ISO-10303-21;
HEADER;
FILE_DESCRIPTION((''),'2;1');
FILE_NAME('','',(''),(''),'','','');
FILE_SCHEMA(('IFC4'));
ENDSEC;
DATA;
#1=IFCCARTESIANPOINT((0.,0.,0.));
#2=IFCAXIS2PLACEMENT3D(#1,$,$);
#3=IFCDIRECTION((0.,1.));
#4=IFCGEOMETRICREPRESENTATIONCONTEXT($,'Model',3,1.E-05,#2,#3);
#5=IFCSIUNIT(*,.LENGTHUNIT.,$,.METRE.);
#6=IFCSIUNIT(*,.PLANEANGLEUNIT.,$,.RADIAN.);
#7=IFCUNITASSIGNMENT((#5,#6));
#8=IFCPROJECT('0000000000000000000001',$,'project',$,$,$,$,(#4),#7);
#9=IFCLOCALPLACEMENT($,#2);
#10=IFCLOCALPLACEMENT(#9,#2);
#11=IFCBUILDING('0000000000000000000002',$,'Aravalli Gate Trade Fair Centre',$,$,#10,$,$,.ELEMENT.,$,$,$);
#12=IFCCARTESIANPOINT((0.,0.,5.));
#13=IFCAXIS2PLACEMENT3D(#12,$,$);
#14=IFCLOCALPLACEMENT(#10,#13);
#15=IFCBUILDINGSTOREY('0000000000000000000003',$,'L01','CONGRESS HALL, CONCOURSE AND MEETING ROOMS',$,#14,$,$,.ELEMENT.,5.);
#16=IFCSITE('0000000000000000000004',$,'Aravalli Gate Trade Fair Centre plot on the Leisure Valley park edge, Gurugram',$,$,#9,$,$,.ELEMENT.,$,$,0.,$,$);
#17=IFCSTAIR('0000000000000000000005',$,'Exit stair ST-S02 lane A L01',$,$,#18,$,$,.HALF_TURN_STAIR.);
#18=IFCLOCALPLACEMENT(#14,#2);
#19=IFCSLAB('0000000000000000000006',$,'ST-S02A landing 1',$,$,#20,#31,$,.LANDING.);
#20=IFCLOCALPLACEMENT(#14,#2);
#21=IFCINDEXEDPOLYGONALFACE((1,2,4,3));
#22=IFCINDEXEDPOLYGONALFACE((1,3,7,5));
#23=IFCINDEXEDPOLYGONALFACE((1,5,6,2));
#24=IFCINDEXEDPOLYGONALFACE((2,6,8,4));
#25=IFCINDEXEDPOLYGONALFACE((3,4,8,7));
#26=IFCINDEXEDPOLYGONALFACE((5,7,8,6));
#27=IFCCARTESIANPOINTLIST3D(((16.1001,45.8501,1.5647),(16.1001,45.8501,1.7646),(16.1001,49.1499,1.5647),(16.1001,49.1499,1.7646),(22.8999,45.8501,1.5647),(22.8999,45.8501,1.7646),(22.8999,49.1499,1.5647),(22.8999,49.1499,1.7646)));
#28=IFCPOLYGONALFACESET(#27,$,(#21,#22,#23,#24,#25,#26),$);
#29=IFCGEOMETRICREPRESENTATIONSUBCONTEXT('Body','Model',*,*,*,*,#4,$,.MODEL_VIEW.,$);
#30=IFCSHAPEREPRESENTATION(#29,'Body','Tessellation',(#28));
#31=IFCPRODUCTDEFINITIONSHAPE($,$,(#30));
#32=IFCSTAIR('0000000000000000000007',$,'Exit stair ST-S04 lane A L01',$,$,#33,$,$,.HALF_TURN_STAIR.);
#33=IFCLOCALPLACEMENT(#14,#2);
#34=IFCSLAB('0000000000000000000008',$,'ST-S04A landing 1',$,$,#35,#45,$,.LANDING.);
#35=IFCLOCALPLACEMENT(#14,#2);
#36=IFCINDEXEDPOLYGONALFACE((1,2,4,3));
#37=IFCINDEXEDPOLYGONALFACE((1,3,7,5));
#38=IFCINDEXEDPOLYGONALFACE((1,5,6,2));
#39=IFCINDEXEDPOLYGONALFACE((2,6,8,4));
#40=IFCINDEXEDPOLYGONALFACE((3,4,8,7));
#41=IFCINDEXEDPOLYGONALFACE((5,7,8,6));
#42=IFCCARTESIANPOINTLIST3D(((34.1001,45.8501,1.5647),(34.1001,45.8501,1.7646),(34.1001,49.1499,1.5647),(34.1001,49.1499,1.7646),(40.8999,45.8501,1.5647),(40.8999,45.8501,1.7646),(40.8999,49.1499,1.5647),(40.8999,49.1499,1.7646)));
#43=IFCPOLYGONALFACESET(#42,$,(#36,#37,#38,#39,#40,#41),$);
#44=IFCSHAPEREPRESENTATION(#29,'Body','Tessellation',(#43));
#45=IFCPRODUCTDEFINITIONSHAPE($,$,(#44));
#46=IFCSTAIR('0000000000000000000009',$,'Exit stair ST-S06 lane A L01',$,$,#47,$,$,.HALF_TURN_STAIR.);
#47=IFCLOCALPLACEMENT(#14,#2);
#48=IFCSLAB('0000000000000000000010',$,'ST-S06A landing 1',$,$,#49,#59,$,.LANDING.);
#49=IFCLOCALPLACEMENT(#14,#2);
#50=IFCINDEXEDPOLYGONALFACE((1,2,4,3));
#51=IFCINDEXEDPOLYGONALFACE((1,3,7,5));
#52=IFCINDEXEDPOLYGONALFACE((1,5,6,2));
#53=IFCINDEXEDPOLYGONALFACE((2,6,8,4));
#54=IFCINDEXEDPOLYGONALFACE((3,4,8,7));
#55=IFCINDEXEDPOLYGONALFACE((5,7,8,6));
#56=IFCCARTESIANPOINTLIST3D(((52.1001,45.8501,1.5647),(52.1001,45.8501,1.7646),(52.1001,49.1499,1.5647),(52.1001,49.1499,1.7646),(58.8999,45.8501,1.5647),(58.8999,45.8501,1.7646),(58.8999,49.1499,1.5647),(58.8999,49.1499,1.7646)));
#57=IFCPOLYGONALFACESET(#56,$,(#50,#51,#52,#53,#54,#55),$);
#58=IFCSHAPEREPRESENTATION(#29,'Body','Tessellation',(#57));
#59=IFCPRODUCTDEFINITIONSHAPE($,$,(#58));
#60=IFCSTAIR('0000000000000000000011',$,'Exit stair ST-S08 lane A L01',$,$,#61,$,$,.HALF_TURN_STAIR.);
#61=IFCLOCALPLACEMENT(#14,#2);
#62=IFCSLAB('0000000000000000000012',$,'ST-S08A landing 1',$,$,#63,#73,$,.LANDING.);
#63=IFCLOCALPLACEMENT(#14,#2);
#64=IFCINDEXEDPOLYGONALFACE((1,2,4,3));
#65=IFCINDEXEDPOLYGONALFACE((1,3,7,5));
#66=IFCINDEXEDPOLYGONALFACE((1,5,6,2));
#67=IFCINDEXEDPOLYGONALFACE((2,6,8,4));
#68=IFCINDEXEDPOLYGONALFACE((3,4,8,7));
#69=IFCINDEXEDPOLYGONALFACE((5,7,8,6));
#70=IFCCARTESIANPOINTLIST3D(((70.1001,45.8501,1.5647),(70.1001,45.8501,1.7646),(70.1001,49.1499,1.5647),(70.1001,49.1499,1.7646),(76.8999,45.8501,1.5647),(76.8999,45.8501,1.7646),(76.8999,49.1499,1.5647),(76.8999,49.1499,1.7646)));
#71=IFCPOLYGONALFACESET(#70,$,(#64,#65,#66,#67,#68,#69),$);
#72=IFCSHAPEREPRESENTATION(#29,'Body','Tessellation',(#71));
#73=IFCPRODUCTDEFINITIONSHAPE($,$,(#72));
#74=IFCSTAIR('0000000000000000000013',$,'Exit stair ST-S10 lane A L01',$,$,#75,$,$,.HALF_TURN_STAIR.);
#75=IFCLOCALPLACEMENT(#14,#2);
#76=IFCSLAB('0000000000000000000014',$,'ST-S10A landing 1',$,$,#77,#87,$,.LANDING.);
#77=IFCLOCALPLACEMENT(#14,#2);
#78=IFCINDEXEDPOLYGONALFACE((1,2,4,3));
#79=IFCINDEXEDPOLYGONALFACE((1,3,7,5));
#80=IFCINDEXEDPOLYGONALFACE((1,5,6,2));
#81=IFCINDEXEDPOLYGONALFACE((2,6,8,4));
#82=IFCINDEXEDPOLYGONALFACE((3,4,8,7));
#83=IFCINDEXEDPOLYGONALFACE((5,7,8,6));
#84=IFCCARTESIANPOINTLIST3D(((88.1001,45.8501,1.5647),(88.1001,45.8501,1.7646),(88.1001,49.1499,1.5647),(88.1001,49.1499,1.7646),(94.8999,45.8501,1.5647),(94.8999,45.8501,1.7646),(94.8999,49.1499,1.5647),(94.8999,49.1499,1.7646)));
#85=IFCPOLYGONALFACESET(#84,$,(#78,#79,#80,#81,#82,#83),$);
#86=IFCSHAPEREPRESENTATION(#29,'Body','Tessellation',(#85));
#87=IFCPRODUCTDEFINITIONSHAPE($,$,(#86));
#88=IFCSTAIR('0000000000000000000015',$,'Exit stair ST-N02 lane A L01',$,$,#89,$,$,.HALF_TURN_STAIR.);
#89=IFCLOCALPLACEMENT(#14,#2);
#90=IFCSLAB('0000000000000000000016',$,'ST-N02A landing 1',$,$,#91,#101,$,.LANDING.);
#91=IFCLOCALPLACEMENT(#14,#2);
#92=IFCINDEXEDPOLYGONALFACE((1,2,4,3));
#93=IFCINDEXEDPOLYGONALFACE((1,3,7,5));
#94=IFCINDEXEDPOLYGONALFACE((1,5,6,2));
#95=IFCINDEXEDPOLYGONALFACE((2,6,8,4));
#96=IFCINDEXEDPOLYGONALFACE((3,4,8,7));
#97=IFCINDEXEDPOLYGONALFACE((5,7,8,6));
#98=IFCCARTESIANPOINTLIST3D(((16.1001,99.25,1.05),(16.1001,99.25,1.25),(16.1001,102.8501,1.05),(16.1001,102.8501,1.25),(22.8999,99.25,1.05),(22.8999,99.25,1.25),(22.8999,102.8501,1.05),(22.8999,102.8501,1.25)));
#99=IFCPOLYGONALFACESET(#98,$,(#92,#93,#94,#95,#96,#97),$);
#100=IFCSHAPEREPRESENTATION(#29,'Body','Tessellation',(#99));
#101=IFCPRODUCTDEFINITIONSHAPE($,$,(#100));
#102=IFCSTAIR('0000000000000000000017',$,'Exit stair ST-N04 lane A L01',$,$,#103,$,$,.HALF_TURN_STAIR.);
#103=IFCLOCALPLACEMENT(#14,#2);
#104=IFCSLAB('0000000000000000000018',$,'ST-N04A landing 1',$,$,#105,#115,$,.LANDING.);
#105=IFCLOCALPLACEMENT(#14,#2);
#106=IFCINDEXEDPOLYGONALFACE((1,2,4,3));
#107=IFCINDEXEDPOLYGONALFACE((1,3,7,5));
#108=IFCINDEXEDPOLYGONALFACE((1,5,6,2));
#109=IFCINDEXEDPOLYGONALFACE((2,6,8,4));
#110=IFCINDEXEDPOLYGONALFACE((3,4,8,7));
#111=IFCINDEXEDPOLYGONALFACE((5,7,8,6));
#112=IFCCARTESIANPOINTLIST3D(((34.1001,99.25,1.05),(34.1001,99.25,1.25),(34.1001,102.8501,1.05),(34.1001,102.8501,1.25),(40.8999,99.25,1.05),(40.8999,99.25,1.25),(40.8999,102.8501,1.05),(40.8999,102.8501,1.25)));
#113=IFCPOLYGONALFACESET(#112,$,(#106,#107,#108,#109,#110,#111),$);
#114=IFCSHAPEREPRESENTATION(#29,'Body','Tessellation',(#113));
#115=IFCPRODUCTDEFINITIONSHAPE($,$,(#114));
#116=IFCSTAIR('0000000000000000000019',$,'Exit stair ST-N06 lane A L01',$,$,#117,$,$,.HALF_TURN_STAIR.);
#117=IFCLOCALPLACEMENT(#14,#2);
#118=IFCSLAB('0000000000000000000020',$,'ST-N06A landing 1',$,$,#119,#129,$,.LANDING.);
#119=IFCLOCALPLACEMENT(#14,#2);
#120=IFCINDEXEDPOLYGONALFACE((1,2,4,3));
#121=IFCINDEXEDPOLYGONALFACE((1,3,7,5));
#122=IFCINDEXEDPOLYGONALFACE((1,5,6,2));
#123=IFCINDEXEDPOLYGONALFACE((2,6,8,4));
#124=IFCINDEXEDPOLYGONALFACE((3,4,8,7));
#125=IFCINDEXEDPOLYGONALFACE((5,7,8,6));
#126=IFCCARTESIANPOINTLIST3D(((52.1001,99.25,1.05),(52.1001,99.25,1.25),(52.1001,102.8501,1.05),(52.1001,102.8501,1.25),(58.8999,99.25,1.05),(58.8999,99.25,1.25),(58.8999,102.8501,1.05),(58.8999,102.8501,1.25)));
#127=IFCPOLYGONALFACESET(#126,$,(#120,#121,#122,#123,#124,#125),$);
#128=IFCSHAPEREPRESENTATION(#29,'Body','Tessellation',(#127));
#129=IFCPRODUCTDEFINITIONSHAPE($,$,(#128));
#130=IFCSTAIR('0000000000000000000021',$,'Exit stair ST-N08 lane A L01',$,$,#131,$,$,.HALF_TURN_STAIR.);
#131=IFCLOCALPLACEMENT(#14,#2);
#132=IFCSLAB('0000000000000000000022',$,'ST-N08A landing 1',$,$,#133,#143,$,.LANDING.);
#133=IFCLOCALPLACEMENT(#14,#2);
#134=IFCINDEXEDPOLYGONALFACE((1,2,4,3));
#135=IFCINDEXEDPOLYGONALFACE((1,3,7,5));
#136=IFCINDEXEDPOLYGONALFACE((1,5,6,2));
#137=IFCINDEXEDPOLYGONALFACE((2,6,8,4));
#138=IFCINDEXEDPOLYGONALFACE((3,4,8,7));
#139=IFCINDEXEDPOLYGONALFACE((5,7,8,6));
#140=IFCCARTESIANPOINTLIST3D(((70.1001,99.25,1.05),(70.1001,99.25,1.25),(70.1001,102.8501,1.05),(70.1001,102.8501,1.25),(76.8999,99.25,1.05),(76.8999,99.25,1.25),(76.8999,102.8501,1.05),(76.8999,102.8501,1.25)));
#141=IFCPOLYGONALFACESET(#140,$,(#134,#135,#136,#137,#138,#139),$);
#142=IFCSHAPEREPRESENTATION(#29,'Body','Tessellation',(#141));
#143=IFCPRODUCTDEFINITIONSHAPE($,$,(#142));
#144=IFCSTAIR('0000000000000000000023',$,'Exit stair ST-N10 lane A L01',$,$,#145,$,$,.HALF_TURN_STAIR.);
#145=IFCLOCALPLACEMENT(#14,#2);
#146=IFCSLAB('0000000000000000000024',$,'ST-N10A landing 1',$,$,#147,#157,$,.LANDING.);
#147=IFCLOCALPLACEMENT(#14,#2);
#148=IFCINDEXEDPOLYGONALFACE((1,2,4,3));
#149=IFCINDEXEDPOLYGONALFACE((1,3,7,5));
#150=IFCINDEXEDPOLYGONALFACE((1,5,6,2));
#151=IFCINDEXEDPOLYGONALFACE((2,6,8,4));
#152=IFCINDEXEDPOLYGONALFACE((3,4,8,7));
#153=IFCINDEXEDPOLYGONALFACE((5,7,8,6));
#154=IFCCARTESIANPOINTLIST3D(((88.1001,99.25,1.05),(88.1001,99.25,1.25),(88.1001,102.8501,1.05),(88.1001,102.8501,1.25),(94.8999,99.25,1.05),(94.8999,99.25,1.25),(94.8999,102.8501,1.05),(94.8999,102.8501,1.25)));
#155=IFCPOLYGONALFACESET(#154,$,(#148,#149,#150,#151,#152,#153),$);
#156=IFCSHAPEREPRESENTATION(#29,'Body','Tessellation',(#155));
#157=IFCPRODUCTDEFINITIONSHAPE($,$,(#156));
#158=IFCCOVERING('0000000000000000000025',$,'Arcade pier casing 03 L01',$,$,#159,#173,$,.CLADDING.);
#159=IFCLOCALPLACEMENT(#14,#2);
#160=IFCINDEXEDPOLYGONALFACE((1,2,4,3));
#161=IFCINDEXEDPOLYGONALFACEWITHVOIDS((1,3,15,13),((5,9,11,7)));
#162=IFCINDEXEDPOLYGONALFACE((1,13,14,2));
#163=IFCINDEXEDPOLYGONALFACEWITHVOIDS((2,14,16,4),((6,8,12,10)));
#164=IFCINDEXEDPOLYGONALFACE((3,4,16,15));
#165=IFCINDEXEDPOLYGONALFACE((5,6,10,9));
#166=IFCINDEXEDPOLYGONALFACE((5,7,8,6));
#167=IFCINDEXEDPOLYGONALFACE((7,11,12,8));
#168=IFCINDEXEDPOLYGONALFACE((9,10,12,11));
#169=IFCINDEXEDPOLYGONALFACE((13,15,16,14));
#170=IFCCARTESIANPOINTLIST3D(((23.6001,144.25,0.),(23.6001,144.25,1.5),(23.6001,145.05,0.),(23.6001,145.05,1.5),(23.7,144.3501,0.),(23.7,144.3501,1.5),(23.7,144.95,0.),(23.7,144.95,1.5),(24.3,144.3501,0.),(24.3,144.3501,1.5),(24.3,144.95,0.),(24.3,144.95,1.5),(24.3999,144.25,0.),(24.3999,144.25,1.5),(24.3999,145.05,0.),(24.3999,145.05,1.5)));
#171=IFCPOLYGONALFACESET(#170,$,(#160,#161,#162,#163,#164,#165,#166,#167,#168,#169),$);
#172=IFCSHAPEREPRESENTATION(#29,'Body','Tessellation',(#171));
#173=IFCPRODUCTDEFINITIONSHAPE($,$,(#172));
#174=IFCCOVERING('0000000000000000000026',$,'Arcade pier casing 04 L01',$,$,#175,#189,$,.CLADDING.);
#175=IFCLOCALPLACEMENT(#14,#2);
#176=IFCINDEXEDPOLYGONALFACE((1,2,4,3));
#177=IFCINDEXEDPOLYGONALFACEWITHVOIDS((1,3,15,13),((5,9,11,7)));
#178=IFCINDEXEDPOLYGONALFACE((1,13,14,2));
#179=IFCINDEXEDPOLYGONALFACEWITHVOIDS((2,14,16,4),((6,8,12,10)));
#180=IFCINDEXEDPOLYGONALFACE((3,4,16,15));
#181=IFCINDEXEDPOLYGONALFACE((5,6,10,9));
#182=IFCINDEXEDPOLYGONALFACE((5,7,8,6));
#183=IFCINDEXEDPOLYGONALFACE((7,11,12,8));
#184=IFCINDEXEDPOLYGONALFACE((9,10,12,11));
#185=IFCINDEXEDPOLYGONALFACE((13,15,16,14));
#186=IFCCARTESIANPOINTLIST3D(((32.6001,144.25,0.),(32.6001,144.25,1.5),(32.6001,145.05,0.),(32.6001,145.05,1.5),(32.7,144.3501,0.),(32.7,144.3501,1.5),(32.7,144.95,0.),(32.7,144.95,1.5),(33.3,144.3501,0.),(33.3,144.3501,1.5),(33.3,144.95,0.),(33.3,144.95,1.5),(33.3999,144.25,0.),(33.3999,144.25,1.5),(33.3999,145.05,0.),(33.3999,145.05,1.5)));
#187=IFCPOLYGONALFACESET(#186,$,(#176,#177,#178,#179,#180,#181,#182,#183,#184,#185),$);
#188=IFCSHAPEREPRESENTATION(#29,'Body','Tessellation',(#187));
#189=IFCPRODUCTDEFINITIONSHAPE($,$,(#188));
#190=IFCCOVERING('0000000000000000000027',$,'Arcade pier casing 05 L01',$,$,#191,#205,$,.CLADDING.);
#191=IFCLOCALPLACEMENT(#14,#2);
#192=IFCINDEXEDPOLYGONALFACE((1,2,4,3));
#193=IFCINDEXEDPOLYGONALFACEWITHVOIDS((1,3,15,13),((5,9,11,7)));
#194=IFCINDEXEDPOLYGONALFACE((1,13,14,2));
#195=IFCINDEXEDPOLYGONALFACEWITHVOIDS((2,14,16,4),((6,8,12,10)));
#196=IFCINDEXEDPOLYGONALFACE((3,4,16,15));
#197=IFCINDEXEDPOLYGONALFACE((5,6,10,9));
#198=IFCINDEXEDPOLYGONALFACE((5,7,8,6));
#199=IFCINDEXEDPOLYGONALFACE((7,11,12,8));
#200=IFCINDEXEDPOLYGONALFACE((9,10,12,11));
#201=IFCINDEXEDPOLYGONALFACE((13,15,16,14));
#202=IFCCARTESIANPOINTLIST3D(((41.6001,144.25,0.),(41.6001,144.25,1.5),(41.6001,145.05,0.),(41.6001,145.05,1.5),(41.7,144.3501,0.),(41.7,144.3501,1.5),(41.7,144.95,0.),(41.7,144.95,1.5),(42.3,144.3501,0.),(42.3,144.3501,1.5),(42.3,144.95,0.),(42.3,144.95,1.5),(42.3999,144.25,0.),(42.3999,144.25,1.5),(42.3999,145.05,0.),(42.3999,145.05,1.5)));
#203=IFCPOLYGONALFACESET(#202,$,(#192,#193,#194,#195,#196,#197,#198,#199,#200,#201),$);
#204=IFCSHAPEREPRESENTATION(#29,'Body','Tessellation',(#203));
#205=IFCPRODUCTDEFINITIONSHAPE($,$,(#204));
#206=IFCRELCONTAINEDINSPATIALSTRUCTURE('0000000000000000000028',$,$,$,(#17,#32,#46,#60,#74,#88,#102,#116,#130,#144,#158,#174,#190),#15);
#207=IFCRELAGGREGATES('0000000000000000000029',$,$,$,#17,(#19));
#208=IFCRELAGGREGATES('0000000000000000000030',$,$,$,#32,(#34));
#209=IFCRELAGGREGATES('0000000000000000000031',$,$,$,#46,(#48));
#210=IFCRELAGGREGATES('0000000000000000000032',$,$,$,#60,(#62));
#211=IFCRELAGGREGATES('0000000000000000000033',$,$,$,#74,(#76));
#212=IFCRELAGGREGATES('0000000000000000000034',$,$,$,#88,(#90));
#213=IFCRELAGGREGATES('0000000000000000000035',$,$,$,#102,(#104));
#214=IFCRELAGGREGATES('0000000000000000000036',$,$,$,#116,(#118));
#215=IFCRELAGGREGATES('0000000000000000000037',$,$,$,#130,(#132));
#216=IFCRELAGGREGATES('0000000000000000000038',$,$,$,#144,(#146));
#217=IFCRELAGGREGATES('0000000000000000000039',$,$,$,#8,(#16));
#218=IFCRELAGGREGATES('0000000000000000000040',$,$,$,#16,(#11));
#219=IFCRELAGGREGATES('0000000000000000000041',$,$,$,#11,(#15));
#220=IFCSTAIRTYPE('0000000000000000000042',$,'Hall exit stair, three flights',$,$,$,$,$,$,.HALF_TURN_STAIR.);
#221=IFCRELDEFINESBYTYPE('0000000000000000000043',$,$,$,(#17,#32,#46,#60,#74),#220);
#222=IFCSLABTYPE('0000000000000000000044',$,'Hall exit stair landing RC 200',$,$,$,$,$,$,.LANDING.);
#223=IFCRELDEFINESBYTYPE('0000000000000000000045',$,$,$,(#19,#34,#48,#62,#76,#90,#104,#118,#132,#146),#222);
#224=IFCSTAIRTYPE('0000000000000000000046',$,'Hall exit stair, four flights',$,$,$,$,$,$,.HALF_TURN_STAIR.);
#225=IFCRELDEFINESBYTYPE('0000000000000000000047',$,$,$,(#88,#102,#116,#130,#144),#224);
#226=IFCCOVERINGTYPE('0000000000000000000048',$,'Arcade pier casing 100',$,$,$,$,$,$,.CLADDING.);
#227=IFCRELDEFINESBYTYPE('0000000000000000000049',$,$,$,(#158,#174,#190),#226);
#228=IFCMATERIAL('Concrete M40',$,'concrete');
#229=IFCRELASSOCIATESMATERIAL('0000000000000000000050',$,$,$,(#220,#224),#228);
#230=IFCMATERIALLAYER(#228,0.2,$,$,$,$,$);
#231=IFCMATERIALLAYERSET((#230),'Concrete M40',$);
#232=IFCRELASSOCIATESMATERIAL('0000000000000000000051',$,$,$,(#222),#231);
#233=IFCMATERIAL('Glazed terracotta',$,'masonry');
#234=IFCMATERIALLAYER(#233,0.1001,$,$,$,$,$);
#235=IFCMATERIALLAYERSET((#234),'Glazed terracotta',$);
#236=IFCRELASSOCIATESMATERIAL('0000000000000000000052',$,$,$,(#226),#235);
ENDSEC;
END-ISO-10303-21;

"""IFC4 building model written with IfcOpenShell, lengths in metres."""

from ifc_helpers import new_model, si_unit, direction, frame, origin, place, context, subcontext, project, spatial, polyline, outline, extrude, material, layer, layer_set, type_object, element, aggregate, save


model = new_model("IFC4")

# Units and contexts
model_context = context("Model", 3, precision=1e-05, world=origin(), true_north=direction((0.0, 1.0)))
body_context = subcontext(model_context, "Body", "Model", "MODEL_VIEW")
ifc_project = project(units=[si_unit("LENGTHUNIT", "METRE"), si_unit("PLANEANGLEUNIT", "RADIAN")], contexts=[model_context])

# Site, building, storey
site_placement = place(None, origin())
site = spatial("IfcSite", under=ifc_project, at=site_placement, Name="Aravalli Gate Trade Fair Centre plot on the Leisure Valley park edge, Gurugram", CompositionType="ELEMENT", RefElevation=0.0)
building_placement = place(site_placement, origin())
building = spatial("IfcBuilding", under=site, at=building_placement, Name="Aravalli Gate Trade Fair Centre", CompositionType="ELEMENT")
storey_placement = place(building_placement, frame((0.0, 0.0, 5.0)))
storey = spatial("IfcBuildingStorey", under=building, at=storey_placement, Name="L01", Description="CONGRESS HALL, CONCOURSE AND MEETING ROOMS", CompositionType="ELEMENT", Elevation=5.0)

# Stairs, slabs
ifc_material_1 = material(Name="Concrete M40", Category="concrete")
stair_type_1 = type_object("IfcStairType", Name="Hall exit stair, three flights", PredefinedType="HALF_TURN_STAIR", material=ifc_material_1)
stair_1_placement = place(storey_placement, origin())
stair_1 = element("IfcStair", 1, at=stair_1_placement, inside=storey, type_object=stair_type_1, Name="Exit stair ST-S02 lane A L01", PredefinedType="HALF_TURN_STAIR")
ifc_layer_1 = layer(ifc_material_1, 0.2)
ifc_layer_set_1 = layer_set([ifc_layer_1], Name="Concrete M40")
slab_type = type_object("IfcSlabType", Name="Hall exit stair landing RC 200", PredefinedType="LANDING", material=ifc_layer_set_1)
slab_1_placement = place(storey_placement, frame((0.0, 0.0, 1.5647)))
slab_1 = element("IfcSlab", 2, at=slab_1_placement, type_object=slab_type, Name="ST-S02A landing 1", PredefinedType="LANDING", context=body_context, shape_type="SweptSolid", body=[
    extrude(outline(polyline([(16.1001, 45.8501), (22.8999, 45.8501), (22.8999, 49.1499), (16.1001, 49.1499), (16.1001, 45.8501)])), origin(), (0.0, 0.0, 1.0), 0.2),
])
aggregate(stair_1, [slab_1])
stair_2_placement = place(storey_placement, origin())
stair_2 = element("IfcStair", 3, at=stair_2_placement, inside=storey, type_object=stair_type_1, Name="Exit stair ST-S04 lane A L01", PredefinedType="HALF_TURN_STAIR")
slab_2_placement = place(storey_placement, frame((0.0, 0.0, 1.5647)))
slab_2 = element("IfcSlab", 4, at=slab_2_placement, type_object=slab_type, Name="ST-S04A landing 1", PredefinedType="LANDING", context=body_context, shape_type="SweptSolid", body=[
    extrude(outline(polyline([(34.1001, 45.8501), (40.8999, 45.8501), (40.8999, 49.1499), (34.1001, 49.1499), (34.1001, 45.8501)])), origin(), (0.0, 0.0, 1.0), 0.2),
])
aggregate(stair_2, [slab_2])
stair_3_placement = place(storey_placement, origin())
stair_3 = element("IfcStair", 5, at=stair_3_placement, inside=storey, type_object=stair_type_1, Name="Exit stair ST-S06 lane A L01", PredefinedType="HALF_TURN_STAIR")
slab_3_placement = place(storey_placement, frame((0.0, 0.0, 1.5647)))
slab_3 = element("IfcSlab", 6, at=slab_3_placement, type_object=slab_type, Name="ST-S06A landing 1", PredefinedType="LANDING", context=body_context, shape_type="SweptSolid", body=[
    extrude(outline(polyline([(52.1001, 45.8501), (58.8999, 45.8501), (58.8999, 49.1499), (52.1001, 49.1499), (52.1001, 45.8501)])), origin(), (0.0, 0.0, 1.0), 0.2),
])
aggregate(stair_3, [slab_3])
stair_4_placement = place(storey_placement, origin())
stair_4 = element("IfcStair", 7, at=stair_4_placement, inside=storey, type_object=stair_type_1, Name="Exit stair ST-S08 lane A L01", PredefinedType="HALF_TURN_STAIR")
slab_4_placement = place(storey_placement, frame((0.0, 0.0, 1.5647)))
slab_4 = element("IfcSlab", 8, at=slab_4_placement, type_object=slab_type, Name="ST-S08A landing 1", PredefinedType="LANDING", context=body_context, shape_type="SweptSolid", body=[
    extrude(outline(polyline([(70.1001, 45.8501), (76.8999, 45.8501), (76.8999, 49.1499), (70.1001, 49.1499), (70.1001, 45.8501)])), origin(), (0.0, 0.0, 1.0), 0.2),
])
aggregate(stair_4, [slab_4])
stair_5_placement = place(storey_placement, origin())
stair_5 = element("IfcStair", 9, at=stair_5_placement, inside=storey, type_object=stair_type_1, Name="Exit stair ST-S10 lane A L01", PredefinedType="HALF_TURN_STAIR")
slab_5_placement = place(storey_placement, frame((0.0, 0.0, 1.5647)))
slab_5 = element("IfcSlab", 10, at=slab_5_placement, type_object=slab_type, Name="ST-S10A landing 1", PredefinedType="LANDING", context=body_context, shape_type="SweptSolid", body=[
    extrude(outline(polyline([(88.1001, 45.8501), (94.8999, 45.8501), (94.8999, 49.1499), (88.1001, 49.1499), (88.1001, 45.8501)])), origin(), (0.0, 0.0, 1.0), 0.2),
])
aggregate(stair_5, [slab_5])
stair_type_2 = type_object("IfcStairType", Name="Hall exit stair, four flights", PredefinedType="HALF_TURN_STAIR", material=ifc_material_1)
stair_6_placement = place(storey_placement, origin())
stair_6 = element("IfcStair", 11, at=stair_6_placement, inside=storey, type_object=stair_type_2, Name="Exit stair ST-N02 lane A L01", PredefinedType="HALF_TURN_STAIR")
slab_6_placement = place(storey_placement, frame((0.0, 0.0, 1.05)))
slab_6 = element("IfcSlab", 12, at=slab_6_placement, type_object=slab_type, Name="ST-N02A landing 1", PredefinedType="LANDING", context=body_context, shape_type="SweptSolid", body=[
    extrude(outline(polyline([(16.1001, 102.8501), (22.8999, 102.8501), (22.8999, 99.25), (16.1001, 99.25), (16.1001, 102.8501)])), origin(), (0.0, 0.0, 1.0), 0.2),
])
aggregate(stair_6, [slab_6])
stair_7_placement = place(storey_placement, origin())
stair_7 = element("IfcStair", 13, at=stair_7_placement, inside=storey, type_object=stair_type_2, Name="Exit stair ST-N04 lane A L01", PredefinedType="HALF_TURN_STAIR")
slab_7_placement = place(storey_placement, frame((0.0, 0.0, 1.05)))
slab_7 = element("IfcSlab", 14, at=slab_7_placement, type_object=slab_type, Name="ST-N04A landing 1", PredefinedType="LANDING", context=body_context, shape_type="SweptSolid", body=[
    extrude(outline(polyline([(34.1001, 102.8501), (40.8999, 102.8501), (40.8999, 99.25), (34.1001, 99.25), (34.1001, 102.8501)])), origin(), (0.0, 0.0, 1.0), 0.2),
])
aggregate(stair_7, [slab_7])
stair_8_placement = place(storey_placement, origin())
stair_8 = element("IfcStair", 15, at=stair_8_placement, inside=storey, type_object=stair_type_2, Name="Exit stair ST-N06 lane A L01", PredefinedType="HALF_TURN_STAIR")
slab_8_placement = place(storey_placement, frame((0.0, 0.0, 1.05)))
slab_8 = element("IfcSlab", 16, at=slab_8_placement, type_object=slab_type, Name="ST-N06A landing 1", PredefinedType="LANDING", context=body_context, shape_type="SweptSolid", body=[
    extrude(outline(polyline([(52.1001, 102.8501), (58.8999, 102.8501), (58.8999, 99.25), (52.1001, 99.25), (52.1001, 102.8501)])), origin(), (0.0, 0.0, 1.0), 0.2),
])
aggregate(stair_8, [slab_8])
stair_9_placement = place(storey_placement, origin())
stair_9 = element("IfcStair", 17, at=stair_9_placement, inside=storey, type_object=stair_type_2, Name="Exit stair ST-N08 lane A L01", PredefinedType="HALF_TURN_STAIR")
slab_9_placement = place(storey_placement, frame((0.0, 0.0, 1.05)))
slab_9 = element("IfcSlab", 18, at=slab_9_placement, type_object=slab_type, Name="ST-N08A landing 1", PredefinedType="LANDING", context=body_context, shape_type="SweptSolid", body=[
    extrude(outline(polyline([(70.1001, 102.8501), (76.8999, 102.8501), (76.8999, 99.25), (70.1001, 99.25), (70.1001, 102.8501)])), origin(), (0.0, 0.0, 1.0), 0.2),
])
aggregate(stair_9, [slab_9])
stair_10_placement = place(storey_placement, origin())
stair_10 = element("IfcStair", 19, at=stair_10_placement, inside=storey, type_object=stair_type_2, Name="Exit stair ST-N10 lane A L01", PredefinedType="HALF_TURN_STAIR")
slab_10_placement = place(storey_placement, frame((0.0, 0.0, 1.05)))
slab_10 = element("IfcSlab", 20, at=slab_10_placement, type_object=slab_type, Name="ST-N10A landing 1", PredefinedType="LANDING", context=body_context, shape_type="SweptSolid", body=[
    extrude(outline(polyline([(88.1001, 102.8501), (94.8999, 102.8501), (94.8999, 99.25), (88.1001, 99.25), (88.1001, 102.8501)])), origin(), (0.0, 0.0, 1.0), 0.2),
])
aggregate(stair_10, [slab_10])

# Coverings
ifc_material_2 = material(Name="Glazed terracotta", Category="masonry")
ifc_layer_2 = layer(ifc_material_2, 0.1001)
ifc_layer_set_2 = layer_set([ifc_layer_2], Name="Glazed terracotta")
covering_type_1 = type_object("IfcCoveringType", Name="Arcade pier casing 100", PredefinedType="CLADDING", material=ifc_layer_set_2)
covering_1_placement = place(storey_placement, origin())
element("IfcCovering", 21, at=covering_1_placement, inside=storey, type_object=covering_type_1, Name="Arcade pier casing 03 L01", PredefinedType="CLADDING", context=body_context, shape_type="SweptSolid", body=[
    extrude(outline(polyline([(23.6001, 144.25), (24.3999, 144.25), (24.3999, 145.05), (23.6001, 145.05), (23.6001, 144.25)]), holes=[polyline([(24.3, 144.95), (24.3, 144.3501), (23.7, 144.3501), (23.7, 144.95), (24.3, 144.95)])]), origin(), (0.0, 0.0, 1.0), 1.5),
])
covering_2_placement = place(storey_placement, origin())
element("IfcCovering", 22, at=covering_2_placement, inside=storey, type_object=covering_type_1, Name="Arcade pier casing 04 L01", PredefinedType="CLADDING", context=body_context, shape_type="SweptSolid", body=[
    extrude(outline(polyline([(32.6001, 144.25), (33.3999, 144.25), (33.3999, 145.05), (32.6001, 145.05), (32.6001, 144.25)]), holes=[polyline([(33.3, 144.95), (33.3, 144.3501), (32.7, 144.3501), (32.7, 144.95), (33.3, 144.95)])]), origin(), (0.0, 0.0, 1.0), 1.5),
])
covering_3_placement = place(storey_placement, origin())
element("IfcCovering", 23, at=covering_3_placement, inside=storey, type_object=covering_type_1, Name="Arcade pier casing 05 L01", PredefinedType="CLADDING", context=body_context, shape_type="SweptSolid", body=[
    extrude(outline(polyline([(41.6001, 144.25), (42.3999, 144.25), (42.3999, 145.05), (41.6001, 145.05), (41.6001, 144.25)]), holes=[polyline([(42.3, 144.95), (42.3, 144.3501), (41.7, 144.3501), (41.7, 144.95), (42.3, 144.95)])]), origin(), (0.0, 0.0, 1.0), 1.5),
])

save(model, "model.ifc")
